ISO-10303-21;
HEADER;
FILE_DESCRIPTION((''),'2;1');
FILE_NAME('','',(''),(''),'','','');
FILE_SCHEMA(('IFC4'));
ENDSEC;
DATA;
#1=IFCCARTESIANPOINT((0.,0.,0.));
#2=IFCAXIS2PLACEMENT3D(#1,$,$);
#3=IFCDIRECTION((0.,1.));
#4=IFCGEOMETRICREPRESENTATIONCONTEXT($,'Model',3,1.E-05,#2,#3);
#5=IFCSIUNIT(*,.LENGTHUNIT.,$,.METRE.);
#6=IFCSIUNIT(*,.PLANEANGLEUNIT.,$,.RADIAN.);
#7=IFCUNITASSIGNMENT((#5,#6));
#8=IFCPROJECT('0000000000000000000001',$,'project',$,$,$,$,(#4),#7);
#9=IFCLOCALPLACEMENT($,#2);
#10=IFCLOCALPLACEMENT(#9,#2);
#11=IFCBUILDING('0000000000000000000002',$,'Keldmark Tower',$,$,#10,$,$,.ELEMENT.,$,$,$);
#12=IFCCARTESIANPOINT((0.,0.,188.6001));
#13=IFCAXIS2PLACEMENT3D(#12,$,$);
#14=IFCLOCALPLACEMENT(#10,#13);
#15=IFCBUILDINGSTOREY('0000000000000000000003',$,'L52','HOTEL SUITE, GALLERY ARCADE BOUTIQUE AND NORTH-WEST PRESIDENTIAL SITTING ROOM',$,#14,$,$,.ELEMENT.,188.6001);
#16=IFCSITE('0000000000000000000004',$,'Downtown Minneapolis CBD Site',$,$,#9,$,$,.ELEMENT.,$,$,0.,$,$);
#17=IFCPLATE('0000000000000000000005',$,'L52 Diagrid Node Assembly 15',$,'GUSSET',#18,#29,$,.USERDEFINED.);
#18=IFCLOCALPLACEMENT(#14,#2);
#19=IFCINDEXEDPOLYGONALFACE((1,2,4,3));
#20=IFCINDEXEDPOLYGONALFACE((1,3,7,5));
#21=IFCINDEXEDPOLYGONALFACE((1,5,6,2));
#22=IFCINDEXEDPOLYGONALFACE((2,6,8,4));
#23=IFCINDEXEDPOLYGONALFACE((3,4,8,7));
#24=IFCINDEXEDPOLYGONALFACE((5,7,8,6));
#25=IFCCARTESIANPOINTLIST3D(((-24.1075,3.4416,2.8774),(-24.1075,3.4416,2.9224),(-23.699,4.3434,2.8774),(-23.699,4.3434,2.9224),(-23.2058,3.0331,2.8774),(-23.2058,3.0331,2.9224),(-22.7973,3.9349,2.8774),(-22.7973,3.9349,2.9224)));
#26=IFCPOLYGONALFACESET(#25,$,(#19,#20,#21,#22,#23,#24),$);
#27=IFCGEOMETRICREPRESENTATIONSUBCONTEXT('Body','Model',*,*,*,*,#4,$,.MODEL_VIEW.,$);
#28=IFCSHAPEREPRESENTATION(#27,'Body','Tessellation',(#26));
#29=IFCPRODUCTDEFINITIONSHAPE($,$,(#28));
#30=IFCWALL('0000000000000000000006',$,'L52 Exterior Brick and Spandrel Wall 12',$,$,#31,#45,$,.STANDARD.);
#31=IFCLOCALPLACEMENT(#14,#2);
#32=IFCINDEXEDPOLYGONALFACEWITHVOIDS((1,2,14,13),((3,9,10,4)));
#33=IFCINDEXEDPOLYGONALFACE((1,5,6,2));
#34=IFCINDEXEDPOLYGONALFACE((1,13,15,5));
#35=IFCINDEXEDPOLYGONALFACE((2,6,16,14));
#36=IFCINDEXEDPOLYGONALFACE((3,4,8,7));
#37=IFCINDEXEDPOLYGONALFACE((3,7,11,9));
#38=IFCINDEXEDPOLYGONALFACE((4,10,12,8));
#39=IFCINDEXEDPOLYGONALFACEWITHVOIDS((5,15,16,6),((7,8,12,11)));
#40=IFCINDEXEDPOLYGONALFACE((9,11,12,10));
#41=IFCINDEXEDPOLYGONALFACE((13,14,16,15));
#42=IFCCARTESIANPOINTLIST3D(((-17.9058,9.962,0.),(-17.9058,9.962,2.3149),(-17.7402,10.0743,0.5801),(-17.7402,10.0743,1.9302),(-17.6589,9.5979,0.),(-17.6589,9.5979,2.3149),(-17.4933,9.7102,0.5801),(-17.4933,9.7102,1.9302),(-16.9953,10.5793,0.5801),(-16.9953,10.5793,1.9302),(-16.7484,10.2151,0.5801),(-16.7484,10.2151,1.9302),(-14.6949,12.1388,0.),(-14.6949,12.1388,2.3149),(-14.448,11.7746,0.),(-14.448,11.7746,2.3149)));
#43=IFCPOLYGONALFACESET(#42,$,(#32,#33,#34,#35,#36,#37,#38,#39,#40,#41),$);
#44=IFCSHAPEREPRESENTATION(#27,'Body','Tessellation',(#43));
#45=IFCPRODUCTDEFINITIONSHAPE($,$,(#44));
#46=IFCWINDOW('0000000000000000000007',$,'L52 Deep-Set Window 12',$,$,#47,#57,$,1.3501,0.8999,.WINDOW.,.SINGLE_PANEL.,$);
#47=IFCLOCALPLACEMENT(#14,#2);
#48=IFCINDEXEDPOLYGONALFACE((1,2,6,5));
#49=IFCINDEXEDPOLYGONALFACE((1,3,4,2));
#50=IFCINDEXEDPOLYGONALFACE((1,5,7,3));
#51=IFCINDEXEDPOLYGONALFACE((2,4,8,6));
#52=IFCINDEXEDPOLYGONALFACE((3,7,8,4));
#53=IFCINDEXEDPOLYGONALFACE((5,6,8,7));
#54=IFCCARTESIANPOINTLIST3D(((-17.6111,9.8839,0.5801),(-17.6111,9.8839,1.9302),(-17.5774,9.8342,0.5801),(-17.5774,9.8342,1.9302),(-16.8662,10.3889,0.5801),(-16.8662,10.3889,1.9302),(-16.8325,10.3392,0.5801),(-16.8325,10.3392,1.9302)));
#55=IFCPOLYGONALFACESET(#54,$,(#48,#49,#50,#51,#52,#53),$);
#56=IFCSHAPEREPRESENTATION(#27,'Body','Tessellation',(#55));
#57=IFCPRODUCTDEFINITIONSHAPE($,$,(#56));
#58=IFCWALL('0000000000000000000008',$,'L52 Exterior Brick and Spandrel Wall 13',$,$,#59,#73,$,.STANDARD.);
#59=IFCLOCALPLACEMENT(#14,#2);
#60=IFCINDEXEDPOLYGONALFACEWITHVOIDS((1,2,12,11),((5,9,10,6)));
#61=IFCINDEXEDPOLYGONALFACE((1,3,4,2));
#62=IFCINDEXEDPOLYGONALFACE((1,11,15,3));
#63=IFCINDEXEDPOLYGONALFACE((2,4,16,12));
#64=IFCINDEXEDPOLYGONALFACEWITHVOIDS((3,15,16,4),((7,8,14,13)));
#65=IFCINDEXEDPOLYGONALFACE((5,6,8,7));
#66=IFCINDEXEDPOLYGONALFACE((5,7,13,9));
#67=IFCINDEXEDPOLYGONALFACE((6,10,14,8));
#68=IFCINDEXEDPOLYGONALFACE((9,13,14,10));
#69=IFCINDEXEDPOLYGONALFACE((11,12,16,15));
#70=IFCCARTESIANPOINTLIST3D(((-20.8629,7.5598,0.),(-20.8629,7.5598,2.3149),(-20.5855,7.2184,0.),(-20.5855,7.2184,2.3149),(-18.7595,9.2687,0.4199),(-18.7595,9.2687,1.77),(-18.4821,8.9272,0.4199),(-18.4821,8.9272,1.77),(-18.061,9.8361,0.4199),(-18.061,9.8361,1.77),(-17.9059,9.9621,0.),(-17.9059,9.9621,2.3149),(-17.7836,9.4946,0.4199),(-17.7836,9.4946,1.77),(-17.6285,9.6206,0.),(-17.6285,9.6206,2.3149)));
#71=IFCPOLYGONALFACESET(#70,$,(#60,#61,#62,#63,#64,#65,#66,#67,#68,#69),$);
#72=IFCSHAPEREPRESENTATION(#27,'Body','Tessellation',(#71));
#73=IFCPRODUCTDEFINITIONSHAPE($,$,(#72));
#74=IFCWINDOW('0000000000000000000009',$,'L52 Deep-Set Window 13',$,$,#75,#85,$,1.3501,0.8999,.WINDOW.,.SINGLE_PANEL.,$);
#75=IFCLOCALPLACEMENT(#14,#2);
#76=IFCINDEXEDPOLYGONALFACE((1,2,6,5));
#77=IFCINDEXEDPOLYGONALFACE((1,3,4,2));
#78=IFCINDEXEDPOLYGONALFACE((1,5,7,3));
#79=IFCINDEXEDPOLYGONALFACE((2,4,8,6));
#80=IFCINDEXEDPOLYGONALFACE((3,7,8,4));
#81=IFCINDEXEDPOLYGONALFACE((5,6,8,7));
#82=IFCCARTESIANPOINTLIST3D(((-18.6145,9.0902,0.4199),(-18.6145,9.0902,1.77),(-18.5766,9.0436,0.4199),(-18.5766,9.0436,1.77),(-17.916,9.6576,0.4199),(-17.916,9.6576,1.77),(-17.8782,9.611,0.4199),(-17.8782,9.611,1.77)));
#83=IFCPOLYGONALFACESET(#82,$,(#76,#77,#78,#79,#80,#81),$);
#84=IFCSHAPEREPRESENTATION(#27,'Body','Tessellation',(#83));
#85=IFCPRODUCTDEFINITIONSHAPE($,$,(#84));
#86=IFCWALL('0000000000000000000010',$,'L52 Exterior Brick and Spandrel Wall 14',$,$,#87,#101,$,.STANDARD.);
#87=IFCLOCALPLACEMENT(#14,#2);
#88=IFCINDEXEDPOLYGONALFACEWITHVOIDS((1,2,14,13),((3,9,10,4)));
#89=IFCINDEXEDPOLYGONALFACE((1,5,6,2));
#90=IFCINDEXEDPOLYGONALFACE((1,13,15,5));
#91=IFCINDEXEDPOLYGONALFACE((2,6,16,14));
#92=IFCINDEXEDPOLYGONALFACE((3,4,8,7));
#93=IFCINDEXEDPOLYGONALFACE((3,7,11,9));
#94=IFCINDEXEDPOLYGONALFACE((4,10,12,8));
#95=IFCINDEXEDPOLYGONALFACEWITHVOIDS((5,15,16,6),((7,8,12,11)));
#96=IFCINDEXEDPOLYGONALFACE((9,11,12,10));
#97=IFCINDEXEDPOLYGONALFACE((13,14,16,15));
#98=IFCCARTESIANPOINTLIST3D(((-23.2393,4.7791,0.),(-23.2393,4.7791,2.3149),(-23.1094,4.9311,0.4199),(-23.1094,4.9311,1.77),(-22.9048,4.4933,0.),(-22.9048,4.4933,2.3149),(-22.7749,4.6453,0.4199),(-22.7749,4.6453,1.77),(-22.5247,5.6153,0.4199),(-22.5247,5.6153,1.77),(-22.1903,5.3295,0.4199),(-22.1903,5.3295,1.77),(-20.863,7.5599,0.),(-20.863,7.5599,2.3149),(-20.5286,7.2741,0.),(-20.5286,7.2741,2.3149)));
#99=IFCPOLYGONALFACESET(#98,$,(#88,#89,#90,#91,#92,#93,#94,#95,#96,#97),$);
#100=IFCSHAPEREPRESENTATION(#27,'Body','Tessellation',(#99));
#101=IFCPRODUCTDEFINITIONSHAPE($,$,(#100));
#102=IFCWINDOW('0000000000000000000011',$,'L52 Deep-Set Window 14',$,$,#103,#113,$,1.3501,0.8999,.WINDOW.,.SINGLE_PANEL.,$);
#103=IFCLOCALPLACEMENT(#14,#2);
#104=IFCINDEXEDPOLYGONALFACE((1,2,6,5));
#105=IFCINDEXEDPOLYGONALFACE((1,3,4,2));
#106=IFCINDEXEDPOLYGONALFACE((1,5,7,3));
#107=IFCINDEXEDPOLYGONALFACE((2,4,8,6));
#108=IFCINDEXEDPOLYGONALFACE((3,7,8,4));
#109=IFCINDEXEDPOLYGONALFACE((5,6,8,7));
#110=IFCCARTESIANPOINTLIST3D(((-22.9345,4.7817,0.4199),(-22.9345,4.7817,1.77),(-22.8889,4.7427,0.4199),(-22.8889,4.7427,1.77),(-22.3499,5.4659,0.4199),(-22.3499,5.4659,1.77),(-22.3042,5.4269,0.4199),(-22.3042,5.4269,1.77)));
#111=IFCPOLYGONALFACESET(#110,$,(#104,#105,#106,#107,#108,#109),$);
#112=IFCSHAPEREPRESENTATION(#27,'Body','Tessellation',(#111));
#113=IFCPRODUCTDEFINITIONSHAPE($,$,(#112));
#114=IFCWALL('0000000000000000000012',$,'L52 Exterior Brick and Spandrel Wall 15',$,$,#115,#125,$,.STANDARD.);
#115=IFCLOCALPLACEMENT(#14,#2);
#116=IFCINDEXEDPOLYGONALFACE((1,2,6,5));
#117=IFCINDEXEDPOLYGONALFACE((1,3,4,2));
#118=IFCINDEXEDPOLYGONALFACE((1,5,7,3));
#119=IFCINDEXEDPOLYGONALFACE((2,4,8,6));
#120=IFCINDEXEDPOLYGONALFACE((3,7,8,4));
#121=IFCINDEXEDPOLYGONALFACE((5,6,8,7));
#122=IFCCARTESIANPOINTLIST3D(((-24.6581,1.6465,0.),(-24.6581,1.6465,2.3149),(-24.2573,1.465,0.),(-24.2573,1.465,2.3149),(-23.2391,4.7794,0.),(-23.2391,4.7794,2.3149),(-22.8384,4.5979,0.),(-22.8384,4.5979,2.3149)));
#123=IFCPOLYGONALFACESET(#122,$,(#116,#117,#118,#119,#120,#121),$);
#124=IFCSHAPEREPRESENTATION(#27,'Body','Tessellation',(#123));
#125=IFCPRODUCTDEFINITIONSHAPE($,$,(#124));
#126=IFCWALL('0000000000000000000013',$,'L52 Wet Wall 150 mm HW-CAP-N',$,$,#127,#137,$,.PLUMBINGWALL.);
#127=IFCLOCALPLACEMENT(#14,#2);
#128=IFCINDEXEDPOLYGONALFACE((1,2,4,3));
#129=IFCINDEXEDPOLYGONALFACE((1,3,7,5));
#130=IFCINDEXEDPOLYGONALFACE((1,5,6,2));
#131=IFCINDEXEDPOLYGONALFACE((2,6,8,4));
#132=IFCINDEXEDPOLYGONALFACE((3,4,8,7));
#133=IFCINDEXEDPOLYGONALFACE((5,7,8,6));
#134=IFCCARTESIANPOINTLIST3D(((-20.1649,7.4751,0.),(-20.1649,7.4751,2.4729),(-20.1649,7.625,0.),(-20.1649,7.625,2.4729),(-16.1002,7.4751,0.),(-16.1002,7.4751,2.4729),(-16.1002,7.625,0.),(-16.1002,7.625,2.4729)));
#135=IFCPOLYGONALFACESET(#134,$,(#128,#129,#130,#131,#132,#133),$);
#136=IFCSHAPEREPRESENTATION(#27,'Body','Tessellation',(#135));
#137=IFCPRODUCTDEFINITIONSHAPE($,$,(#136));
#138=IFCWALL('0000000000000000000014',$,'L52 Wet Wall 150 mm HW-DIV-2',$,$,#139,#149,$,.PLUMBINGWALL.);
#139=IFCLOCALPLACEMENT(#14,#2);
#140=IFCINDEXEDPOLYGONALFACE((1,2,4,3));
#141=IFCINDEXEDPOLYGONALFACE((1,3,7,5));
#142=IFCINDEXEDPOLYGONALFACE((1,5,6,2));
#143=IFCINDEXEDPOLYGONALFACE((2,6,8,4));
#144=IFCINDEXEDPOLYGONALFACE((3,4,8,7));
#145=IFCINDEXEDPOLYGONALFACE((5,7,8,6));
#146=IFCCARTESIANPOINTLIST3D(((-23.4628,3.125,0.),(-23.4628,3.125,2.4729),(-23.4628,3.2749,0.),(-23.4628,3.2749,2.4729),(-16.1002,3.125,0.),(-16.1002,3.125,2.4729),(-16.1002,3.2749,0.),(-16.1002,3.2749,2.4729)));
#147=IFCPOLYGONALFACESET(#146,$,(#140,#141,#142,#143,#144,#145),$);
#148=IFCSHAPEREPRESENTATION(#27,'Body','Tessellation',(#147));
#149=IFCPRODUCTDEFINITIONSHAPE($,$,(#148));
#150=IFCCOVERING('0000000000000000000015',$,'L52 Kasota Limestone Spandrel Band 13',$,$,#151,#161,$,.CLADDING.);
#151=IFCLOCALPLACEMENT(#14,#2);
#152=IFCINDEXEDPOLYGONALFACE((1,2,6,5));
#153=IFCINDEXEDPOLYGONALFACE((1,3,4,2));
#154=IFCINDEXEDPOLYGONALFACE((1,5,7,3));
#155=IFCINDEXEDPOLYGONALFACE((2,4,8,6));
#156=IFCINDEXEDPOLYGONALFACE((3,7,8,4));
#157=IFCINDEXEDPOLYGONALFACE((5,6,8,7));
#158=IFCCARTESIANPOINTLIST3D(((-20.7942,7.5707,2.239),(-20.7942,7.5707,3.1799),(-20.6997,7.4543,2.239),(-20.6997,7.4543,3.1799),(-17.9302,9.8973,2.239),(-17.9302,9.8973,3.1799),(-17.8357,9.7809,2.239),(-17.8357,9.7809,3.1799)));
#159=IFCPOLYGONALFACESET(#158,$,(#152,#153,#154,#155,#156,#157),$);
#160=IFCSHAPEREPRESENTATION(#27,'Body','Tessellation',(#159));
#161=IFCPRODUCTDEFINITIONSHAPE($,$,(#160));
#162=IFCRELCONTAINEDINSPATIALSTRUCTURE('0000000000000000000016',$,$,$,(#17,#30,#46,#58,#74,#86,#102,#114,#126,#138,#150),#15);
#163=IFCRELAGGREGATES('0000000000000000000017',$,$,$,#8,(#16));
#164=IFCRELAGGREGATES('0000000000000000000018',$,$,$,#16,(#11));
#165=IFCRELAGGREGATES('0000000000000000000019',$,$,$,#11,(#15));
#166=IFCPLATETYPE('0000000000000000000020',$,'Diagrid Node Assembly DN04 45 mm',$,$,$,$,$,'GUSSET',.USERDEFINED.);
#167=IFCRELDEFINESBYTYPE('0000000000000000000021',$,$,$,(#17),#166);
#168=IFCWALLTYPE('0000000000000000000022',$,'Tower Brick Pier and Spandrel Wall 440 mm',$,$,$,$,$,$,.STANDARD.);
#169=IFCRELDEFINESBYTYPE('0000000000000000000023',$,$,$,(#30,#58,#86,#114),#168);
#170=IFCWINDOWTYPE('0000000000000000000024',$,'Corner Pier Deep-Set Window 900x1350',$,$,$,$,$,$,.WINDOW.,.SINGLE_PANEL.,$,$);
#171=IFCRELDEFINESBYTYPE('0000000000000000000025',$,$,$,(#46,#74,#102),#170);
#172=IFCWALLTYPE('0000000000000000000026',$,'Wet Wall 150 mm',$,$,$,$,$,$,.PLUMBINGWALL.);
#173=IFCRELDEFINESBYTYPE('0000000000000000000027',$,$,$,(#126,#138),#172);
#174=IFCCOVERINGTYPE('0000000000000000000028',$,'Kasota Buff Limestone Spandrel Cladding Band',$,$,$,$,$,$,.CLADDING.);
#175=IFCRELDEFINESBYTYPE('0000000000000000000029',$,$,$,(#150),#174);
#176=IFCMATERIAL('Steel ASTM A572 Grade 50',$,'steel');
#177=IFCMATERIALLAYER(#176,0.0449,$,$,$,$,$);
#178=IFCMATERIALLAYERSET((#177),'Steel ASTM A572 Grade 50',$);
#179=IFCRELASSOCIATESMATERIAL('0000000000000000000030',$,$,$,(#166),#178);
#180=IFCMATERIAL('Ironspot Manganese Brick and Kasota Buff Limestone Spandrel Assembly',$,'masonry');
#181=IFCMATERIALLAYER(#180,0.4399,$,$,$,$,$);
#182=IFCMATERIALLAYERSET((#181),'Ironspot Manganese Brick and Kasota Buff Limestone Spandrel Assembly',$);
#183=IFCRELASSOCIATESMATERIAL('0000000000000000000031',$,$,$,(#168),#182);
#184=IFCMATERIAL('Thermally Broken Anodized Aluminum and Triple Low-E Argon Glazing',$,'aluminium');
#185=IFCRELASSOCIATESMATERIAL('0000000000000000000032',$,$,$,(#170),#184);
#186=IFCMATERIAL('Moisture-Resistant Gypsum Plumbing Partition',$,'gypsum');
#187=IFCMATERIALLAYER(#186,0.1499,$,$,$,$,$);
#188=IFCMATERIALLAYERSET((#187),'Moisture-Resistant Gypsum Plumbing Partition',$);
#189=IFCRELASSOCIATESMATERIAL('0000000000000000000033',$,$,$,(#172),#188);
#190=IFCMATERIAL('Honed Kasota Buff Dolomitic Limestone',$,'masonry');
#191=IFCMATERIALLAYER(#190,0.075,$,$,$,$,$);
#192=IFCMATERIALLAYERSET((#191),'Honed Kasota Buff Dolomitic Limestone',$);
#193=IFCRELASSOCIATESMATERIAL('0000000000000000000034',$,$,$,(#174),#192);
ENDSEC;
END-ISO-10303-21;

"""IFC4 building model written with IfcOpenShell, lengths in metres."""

from ifc_helpers import new_model, si_unit, direction, frame, frame_2d, origin, origin_2d, place, context, subcontext, project, spatial, rectangle, extrude, material, layer, layer_set, type_object, element, fill, save


model = new_model("IFC4")

# Units and contexts
model_context = context("Model", 3, precision=1e-05, world=origin(), true_north=direction((0.0, 1.0)))
body_context = subcontext(model_context, "Body", "Model", "MODEL_VIEW")
ifc_project = project(units=[si_unit("LENGTHUNIT", "METRE"), si_unit("PLANEANGLEUNIT", "RADIAN")], contexts=[model_context])

# Site, building, storey
site_placement = place(None, origin())
site = spatial("IfcSite", under=ifc_project, at=site_placement, Name="Downtown Minneapolis CBD Site", CompositionType="ELEMENT", RefElevation=0.0)
building_placement = place(site_placement, origin())
building = spatial("IfcBuilding", under=site, at=building_placement, Name="Keldmark Tower", CompositionType="ELEMENT")
storey_placement = place(building_placement, frame((0.0, 0.0, 188.6001)))
storey = spatial("IfcBuildingStorey", under=building, at=storey_placement, Name="L52", Description="HOTEL SUITE, GALLERY ARCADE BOUTIQUE AND NORTH-WEST PRESIDENTIAL SITTING ROOM", CompositionType="ELEMENT", Elevation=188.6001)

# Plate
ifc_material_1 = material(Name="Steel ASTM A572 Grade 50", Category="steel")
ifc_layer_1 = layer(ifc_material_1, 0.0449)
ifc_layer_set_1 = layer_set([ifc_layer_1], Name="Steel ASTM A572 Grade 50")
plate_type = type_object("IfcPlateType", Name="Diagrid Node Assembly DN04 45 mm", ElementType="GUSSET", PredefinedType="USERDEFINED", material=ifc_layer_set_1)
for number, where, z_axis, x_axis, name in (
    (1, (-23.4524, 3.6882, 2.8774), (0.0, 0.0, 1.0), (-0.412628, -0.9109, 0.0), "L52 Diagrid Node Assembly 15"),
):
    element("IfcPlate", number, at=place(storey_placement, frame(where, z_axis=z_axis, x_axis=x_axis)), inside=storey, type_object=plate_type, Name=name, ObjectType="GUSSET", PredefinedType="USERDEFINED", context=body_context, shape_type="SweptSolid", body=[
        extrude(rectangle(XDim=0.99, YDim=0.99, at=origin_2d()), origin(), (0.0, 0.0, 1.0), 0.0449),
    ])

# Walls, openings, windows
ifc_material_2 = material(Name="Ironspot Manganese Brick and Kasota Buff Limestone Spandrel Assembly", Category="masonry")
ifc_layer_2 = layer(ifc_material_2, 0.4399)
ifc_layer_set_2 = layer_set([ifc_layer_2], Name="Ironspot Manganese Brick and Kasota Buff Limestone Spandrel Assembly")
wall_type_1 = type_object("IfcWallType", Name="Tower Brick Pier and Spandrel Wall 440 mm", PredefinedType="STANDARD", material=ifc_layer_set_2)
wall_1_placement = place(storey_placement, frame((-17.7822, 9.78, 0.0), z_axis=(0.0, 0.0, 1.0), x_axis=(0.827726, 0.561132, 0.0)))
wall_1 = element("IfcWall", 2, at=wall_1_placement, inside=storey, type_object=wall_type_1, Name="L52 Exterior Brick and Spandrel Wall 12", PredefinedType="STANDARD", context=body_context, shape_type="SweptSolid", body=[
    extrude(rectangle(XDim=3.8792, YDim=0.4399, at=frame_2d((1.9395, 0.0))), origin(), (0.0, 0.0, 1.0), 2.3149),
])
opening_1_placement = place(wall_1_placement, frame((0.2, 0.0, 0.5801)))
opening_1 = element("IfcOpeningElement", 3, at=opening_1_placement, cuts=wall_1, PredefinedType="OPENING", context=body_context, shape_type="SweptSolid", body=[
    extrude(rectangle(XDim=0.8999, YDim=1.3501, at=frame_2d((0.45, 0.675))), frame((0.0, 0.23, 0.0), z_axis=(0.0, -1.0, 0.0), x_axis=(1.0, 0.0, 0.0)), (0.0, 0.0, 1.0), 0.46),
])
ifc_material_3 = material(Name="Thermally Broken Anodized Aluminum and Triple Low-E Argon Glazing", Category="aluminium")
window_type = type_object("IfcWindowType", Name="Corner Pier Deep-Set Window 900x1350", PartitioningType="SINGLE_PANEL", PredefinedType="WINDOW", material=ifc_material_3)
window_1_placement = place(opening_1_placement, origin())
window_1 = element("IfcWindow", 4, at=window_1_placement, inside=storey, type_object=window_type, Name="L52 Deep-Set Window 12", OverallHeight=1.3501, OverallWidth=0.8999, PartitioningType="SINGLE_PANEL", PredefinedType="WINDOW", context=body_context, shape_type="SweptSolid", body=[
    extrude(rectangle(XDim=0.8999, YDim=1.3501, at=frame_2d((0.45, 0.675))), frame((0.0, -0.01, 0.0), z_axis=(0.0, -1.0, 0.0), x_axis=(1.0, 0.0, 0.0)), (0.0, 0.0, 1.0), 0.0601),
])
fill(opening_1, window_1)
wall_2_placement = place(storey_placement, frame((-20.7241, 7.3892, 0.0), z_axis=(0.0, 0.0, 1.0), x_axis=(0.776145, 0.630554, 0.0)))
wall_2 = element("IfcWall", 5, at=wall_2_placement, inside=storey, type_object=wall_type_1, Name="L52 Exterior Brick and Spandrel Wall 13", PredefinedType="STANDARD", context=body_context, shape_type="SweptSolid", body=[
    extrude(rectangle(XDim=3.8098, YDim=0.4399, at=frame_2d((1.9048, 0.0))), origin(), (0.0, 0.0, 1.0), 2.3149),
])
opening_2_placement = place(wall_2_placement, frame((2.71, 0.0, 0.4199)))
opening_2 = element("IfcOpeningElement", 6, at=opening_2_placement, cuts=wall_2, PredefinedType="OPENING", context=body_context, shape_type="SweptSolid", body=[
    extrude(rectangle(XDim=0.8999, YDim=1.3501, at=frame_2d((0.45, 0.675))), frame((0.0, 0.23, 0.0), z_axis=(0.0, -1.0, 0.0), x_axis=(1.0, 0.0, 0.0)), (0.0, 0.0, 1.0), 0.46),
])
window_2_placement = place(opening_2_placement, origin())
window_2 = element("IfcWindow", 7, at=window_2_placement, inside=storey, type_object=window_type, Name="L52 Deep-Set Window 13", OverallHeight=1.3501, OverallWidth=0.8999, PartitioningType="SINGLE_PANEL", PredefinedType="WINDOW", context=body_context, shape_type="SweptSolid", body=[
    extrude(rectangle(XDim=0.8999, YDim=1.3501, at=frame_2d((0.45, 0.675))), frame((0.0, -0.01, 0.0), z_axis=(0.0, -1.0, 0.0), x_axis=(1.0, 0.0, 0.0)), (0.0, 0.0, 1.0), 0.0601),
])
fill(opening_2, window_2)
wall_3_placement = place(storey_placement, frame((-23.072, 4.6362, 0.0), z_axis=(0.0, 0.0, 1.0), x_axis=(0.649642, 0.76024, 0.0)))
wall_3 = element("IfcWall", 8, at=wall_3_placement, inside=storey, type_object=wall_type_1, Name="L52 Exterior Brick and Spandrel Wall 14", PredefinedType="STANDARD", context=body_context, shape_type="SweptSolid", body=[
    extrude(rectangle(XDim=3.6577, YDim=0.4399, at=frame_2d((1.8289, 0.0))), origin(), (0.0, 0.0, 1.0), 2.3149),
])
opening_3_placement = place(wall_3_placement, frame((0.2, 0.0, 0.4199)))
opening_3 = element("IfcOpeningElement", 9, at=opening_3_placement, cuts=wall_3, PredefinedType="OPENING", context=body_context, shape_type="SweptSolid", body=[
    extrude(rectangle(XDim=0.8999, YDim=1.3501, at=frame_2d((0.45, 0.675))), frame((0.0, 0.23, 0.0), z_axis=(0.0, -1.0, 0.0), x_axis=(1.0, 0.0, 0.0)), (0.0, 0.0, 1.0), 0.46),
])
window_3_placement = place(opening_3_placement, origin())
window_3 = element("IfcWindow", 10, at=window_3_placement, inside=storey, type_object=window_type, Name="L52 Deep-Set Window 14", OverallHeight=1.3501, OverallWidth=0.8999, PartitioningType="SINGLE_PANEL", PredefinedType="WINDOW", context=body_context, shape_type="SweptSolid", body=[
    extrude(rectangle(XDim=0.8999, YDim=1.3501, at=frame_2d((0.45, 0.675))), frame((0.0, -0.01, 0.0), z_axis=(0.0, -1.0, 0.0), x_axis=(1.0, 0.0, 0.0)), (0.0, 0.0, 1.0), 0.0601),
])
fill(opening_3, window_3)

# Walls
wall_4_placement = place(storey_placement, frame((-24.4578, 1.5557, 0.0), z_axis=(0.0, 0.0, 1.0), x_axis=(0.412583, 0.91092, 0.0)))
element("IfcWall", 11, at=wall_4_placement, inside=storey, type_object=wall_type_1, Name="L52 Exterior Brick and Spandrel Wall 15", PredefinedType="STANDARD", context=body_context, shape_type="SweptSolid", body=[
    extrude(rectangle(XDim=3.4392, YDim=0.4399, at=frame_2d((1.7197, 0.0))), origin(), (0.0, 0.0, 1.0), 2.3149),
])
ifc_material_4 = material(Name="Moisture-Resistant Gypsum Plumbing Partition", Category="gypsum")
ifc_layer_3 = layer(ifc_material_4, 0.1499)
ifc_layer_set_3 = layer_set([ifc_layer_3], Name="Moisture-Resistant Gypsum Plumbing Partition")
wall_type_2 = type_object("IfcWallType", Name="Wet Wall 150 mm", PredefinedType="PLUMBINGWALL", material=ifc_layer_set_3)
wall_5_placement = place(storey_placement, frame((-20.1648, 7.55, 0.0), z_axis=(0.0, 0.0, 1.0), x_axis=(1.0, 0.0, 0.0)))
element("IfcWall", 12, at=wall_5_placement, inside=storey, type_object=wall_type_2, Name="L52 Wet Wall 150 mm HW-CAP-N", PredefinedType="PLUMBINGWALL", context=body_context, shape_type="SweptSolid", body=[
    extrude(rectangle(XDim=4.0647, YDim=0.1499, at=frame_2d((2.0322, 0.0))), origin(), (0.0, 0.0, 1.0), 2.4729),
])
wall_6_placement = place(storey_placement, frame((-23.4626, 3.2, 0.0), z_axis=(0.0, 0.0, 1.0), x_axis=(1.0, 0.0, 0.0)))
element("IfcWall", 13, at=wall_6_placement, inside=storey, type_object=wall_type_2, Name="L52 Wet Wall 150 mm HW-DIV-2", PredefinedType="PLUMBINGWALL", context=body_context, shape_type="SweptSolid", body=[
    extrude(rectangle(XDim=7.3625, YDim=0.1499, at=frame_2d((3.6812, 0.0))), origin(), (0.0, 0.0, 1.0), 2.4729),
])

# Covering
ifc_material_5 = material(Name="Honed Kasota Buff Dolomitic Limestone", Category="masonry")
ifc_layer_4 = layer(ifc_material_5, 0.075)
ifc_layer_set_4 = layer_set([ifc_layer_4], Name="Honed Kasota Buff Dolomitic Limestone")
covering_type = type_object("IfcCoveringType", Name="Kasota Buff Limestone Spandrel Cladding Band", PredefinedType="CLADDING", material=ifc_layer_set_4)
covering_placement = place(storey_placement, frame((-19.3149, 8.6758, 2.239), z_axis=(0.0, 0.0, 1.0), x_axis=(-0.776167, -0.630527, 0.0)))
element("IfcCovering", 14, at=covering_placement, inside=storey, type_object=covering_type, Name="L52 Kasota Limestone Spandrel Band 13", PredefinedType="CLADDING", context=body_context, shape_type="SweptSolid", body=[
    extrude(rectangle(XDim=3.6899, YDim=0.1499, at=origin_2d()), origin(), (0.0, 0.0, 1.0), 0.9409),
])

save(model, "model.ifc")
